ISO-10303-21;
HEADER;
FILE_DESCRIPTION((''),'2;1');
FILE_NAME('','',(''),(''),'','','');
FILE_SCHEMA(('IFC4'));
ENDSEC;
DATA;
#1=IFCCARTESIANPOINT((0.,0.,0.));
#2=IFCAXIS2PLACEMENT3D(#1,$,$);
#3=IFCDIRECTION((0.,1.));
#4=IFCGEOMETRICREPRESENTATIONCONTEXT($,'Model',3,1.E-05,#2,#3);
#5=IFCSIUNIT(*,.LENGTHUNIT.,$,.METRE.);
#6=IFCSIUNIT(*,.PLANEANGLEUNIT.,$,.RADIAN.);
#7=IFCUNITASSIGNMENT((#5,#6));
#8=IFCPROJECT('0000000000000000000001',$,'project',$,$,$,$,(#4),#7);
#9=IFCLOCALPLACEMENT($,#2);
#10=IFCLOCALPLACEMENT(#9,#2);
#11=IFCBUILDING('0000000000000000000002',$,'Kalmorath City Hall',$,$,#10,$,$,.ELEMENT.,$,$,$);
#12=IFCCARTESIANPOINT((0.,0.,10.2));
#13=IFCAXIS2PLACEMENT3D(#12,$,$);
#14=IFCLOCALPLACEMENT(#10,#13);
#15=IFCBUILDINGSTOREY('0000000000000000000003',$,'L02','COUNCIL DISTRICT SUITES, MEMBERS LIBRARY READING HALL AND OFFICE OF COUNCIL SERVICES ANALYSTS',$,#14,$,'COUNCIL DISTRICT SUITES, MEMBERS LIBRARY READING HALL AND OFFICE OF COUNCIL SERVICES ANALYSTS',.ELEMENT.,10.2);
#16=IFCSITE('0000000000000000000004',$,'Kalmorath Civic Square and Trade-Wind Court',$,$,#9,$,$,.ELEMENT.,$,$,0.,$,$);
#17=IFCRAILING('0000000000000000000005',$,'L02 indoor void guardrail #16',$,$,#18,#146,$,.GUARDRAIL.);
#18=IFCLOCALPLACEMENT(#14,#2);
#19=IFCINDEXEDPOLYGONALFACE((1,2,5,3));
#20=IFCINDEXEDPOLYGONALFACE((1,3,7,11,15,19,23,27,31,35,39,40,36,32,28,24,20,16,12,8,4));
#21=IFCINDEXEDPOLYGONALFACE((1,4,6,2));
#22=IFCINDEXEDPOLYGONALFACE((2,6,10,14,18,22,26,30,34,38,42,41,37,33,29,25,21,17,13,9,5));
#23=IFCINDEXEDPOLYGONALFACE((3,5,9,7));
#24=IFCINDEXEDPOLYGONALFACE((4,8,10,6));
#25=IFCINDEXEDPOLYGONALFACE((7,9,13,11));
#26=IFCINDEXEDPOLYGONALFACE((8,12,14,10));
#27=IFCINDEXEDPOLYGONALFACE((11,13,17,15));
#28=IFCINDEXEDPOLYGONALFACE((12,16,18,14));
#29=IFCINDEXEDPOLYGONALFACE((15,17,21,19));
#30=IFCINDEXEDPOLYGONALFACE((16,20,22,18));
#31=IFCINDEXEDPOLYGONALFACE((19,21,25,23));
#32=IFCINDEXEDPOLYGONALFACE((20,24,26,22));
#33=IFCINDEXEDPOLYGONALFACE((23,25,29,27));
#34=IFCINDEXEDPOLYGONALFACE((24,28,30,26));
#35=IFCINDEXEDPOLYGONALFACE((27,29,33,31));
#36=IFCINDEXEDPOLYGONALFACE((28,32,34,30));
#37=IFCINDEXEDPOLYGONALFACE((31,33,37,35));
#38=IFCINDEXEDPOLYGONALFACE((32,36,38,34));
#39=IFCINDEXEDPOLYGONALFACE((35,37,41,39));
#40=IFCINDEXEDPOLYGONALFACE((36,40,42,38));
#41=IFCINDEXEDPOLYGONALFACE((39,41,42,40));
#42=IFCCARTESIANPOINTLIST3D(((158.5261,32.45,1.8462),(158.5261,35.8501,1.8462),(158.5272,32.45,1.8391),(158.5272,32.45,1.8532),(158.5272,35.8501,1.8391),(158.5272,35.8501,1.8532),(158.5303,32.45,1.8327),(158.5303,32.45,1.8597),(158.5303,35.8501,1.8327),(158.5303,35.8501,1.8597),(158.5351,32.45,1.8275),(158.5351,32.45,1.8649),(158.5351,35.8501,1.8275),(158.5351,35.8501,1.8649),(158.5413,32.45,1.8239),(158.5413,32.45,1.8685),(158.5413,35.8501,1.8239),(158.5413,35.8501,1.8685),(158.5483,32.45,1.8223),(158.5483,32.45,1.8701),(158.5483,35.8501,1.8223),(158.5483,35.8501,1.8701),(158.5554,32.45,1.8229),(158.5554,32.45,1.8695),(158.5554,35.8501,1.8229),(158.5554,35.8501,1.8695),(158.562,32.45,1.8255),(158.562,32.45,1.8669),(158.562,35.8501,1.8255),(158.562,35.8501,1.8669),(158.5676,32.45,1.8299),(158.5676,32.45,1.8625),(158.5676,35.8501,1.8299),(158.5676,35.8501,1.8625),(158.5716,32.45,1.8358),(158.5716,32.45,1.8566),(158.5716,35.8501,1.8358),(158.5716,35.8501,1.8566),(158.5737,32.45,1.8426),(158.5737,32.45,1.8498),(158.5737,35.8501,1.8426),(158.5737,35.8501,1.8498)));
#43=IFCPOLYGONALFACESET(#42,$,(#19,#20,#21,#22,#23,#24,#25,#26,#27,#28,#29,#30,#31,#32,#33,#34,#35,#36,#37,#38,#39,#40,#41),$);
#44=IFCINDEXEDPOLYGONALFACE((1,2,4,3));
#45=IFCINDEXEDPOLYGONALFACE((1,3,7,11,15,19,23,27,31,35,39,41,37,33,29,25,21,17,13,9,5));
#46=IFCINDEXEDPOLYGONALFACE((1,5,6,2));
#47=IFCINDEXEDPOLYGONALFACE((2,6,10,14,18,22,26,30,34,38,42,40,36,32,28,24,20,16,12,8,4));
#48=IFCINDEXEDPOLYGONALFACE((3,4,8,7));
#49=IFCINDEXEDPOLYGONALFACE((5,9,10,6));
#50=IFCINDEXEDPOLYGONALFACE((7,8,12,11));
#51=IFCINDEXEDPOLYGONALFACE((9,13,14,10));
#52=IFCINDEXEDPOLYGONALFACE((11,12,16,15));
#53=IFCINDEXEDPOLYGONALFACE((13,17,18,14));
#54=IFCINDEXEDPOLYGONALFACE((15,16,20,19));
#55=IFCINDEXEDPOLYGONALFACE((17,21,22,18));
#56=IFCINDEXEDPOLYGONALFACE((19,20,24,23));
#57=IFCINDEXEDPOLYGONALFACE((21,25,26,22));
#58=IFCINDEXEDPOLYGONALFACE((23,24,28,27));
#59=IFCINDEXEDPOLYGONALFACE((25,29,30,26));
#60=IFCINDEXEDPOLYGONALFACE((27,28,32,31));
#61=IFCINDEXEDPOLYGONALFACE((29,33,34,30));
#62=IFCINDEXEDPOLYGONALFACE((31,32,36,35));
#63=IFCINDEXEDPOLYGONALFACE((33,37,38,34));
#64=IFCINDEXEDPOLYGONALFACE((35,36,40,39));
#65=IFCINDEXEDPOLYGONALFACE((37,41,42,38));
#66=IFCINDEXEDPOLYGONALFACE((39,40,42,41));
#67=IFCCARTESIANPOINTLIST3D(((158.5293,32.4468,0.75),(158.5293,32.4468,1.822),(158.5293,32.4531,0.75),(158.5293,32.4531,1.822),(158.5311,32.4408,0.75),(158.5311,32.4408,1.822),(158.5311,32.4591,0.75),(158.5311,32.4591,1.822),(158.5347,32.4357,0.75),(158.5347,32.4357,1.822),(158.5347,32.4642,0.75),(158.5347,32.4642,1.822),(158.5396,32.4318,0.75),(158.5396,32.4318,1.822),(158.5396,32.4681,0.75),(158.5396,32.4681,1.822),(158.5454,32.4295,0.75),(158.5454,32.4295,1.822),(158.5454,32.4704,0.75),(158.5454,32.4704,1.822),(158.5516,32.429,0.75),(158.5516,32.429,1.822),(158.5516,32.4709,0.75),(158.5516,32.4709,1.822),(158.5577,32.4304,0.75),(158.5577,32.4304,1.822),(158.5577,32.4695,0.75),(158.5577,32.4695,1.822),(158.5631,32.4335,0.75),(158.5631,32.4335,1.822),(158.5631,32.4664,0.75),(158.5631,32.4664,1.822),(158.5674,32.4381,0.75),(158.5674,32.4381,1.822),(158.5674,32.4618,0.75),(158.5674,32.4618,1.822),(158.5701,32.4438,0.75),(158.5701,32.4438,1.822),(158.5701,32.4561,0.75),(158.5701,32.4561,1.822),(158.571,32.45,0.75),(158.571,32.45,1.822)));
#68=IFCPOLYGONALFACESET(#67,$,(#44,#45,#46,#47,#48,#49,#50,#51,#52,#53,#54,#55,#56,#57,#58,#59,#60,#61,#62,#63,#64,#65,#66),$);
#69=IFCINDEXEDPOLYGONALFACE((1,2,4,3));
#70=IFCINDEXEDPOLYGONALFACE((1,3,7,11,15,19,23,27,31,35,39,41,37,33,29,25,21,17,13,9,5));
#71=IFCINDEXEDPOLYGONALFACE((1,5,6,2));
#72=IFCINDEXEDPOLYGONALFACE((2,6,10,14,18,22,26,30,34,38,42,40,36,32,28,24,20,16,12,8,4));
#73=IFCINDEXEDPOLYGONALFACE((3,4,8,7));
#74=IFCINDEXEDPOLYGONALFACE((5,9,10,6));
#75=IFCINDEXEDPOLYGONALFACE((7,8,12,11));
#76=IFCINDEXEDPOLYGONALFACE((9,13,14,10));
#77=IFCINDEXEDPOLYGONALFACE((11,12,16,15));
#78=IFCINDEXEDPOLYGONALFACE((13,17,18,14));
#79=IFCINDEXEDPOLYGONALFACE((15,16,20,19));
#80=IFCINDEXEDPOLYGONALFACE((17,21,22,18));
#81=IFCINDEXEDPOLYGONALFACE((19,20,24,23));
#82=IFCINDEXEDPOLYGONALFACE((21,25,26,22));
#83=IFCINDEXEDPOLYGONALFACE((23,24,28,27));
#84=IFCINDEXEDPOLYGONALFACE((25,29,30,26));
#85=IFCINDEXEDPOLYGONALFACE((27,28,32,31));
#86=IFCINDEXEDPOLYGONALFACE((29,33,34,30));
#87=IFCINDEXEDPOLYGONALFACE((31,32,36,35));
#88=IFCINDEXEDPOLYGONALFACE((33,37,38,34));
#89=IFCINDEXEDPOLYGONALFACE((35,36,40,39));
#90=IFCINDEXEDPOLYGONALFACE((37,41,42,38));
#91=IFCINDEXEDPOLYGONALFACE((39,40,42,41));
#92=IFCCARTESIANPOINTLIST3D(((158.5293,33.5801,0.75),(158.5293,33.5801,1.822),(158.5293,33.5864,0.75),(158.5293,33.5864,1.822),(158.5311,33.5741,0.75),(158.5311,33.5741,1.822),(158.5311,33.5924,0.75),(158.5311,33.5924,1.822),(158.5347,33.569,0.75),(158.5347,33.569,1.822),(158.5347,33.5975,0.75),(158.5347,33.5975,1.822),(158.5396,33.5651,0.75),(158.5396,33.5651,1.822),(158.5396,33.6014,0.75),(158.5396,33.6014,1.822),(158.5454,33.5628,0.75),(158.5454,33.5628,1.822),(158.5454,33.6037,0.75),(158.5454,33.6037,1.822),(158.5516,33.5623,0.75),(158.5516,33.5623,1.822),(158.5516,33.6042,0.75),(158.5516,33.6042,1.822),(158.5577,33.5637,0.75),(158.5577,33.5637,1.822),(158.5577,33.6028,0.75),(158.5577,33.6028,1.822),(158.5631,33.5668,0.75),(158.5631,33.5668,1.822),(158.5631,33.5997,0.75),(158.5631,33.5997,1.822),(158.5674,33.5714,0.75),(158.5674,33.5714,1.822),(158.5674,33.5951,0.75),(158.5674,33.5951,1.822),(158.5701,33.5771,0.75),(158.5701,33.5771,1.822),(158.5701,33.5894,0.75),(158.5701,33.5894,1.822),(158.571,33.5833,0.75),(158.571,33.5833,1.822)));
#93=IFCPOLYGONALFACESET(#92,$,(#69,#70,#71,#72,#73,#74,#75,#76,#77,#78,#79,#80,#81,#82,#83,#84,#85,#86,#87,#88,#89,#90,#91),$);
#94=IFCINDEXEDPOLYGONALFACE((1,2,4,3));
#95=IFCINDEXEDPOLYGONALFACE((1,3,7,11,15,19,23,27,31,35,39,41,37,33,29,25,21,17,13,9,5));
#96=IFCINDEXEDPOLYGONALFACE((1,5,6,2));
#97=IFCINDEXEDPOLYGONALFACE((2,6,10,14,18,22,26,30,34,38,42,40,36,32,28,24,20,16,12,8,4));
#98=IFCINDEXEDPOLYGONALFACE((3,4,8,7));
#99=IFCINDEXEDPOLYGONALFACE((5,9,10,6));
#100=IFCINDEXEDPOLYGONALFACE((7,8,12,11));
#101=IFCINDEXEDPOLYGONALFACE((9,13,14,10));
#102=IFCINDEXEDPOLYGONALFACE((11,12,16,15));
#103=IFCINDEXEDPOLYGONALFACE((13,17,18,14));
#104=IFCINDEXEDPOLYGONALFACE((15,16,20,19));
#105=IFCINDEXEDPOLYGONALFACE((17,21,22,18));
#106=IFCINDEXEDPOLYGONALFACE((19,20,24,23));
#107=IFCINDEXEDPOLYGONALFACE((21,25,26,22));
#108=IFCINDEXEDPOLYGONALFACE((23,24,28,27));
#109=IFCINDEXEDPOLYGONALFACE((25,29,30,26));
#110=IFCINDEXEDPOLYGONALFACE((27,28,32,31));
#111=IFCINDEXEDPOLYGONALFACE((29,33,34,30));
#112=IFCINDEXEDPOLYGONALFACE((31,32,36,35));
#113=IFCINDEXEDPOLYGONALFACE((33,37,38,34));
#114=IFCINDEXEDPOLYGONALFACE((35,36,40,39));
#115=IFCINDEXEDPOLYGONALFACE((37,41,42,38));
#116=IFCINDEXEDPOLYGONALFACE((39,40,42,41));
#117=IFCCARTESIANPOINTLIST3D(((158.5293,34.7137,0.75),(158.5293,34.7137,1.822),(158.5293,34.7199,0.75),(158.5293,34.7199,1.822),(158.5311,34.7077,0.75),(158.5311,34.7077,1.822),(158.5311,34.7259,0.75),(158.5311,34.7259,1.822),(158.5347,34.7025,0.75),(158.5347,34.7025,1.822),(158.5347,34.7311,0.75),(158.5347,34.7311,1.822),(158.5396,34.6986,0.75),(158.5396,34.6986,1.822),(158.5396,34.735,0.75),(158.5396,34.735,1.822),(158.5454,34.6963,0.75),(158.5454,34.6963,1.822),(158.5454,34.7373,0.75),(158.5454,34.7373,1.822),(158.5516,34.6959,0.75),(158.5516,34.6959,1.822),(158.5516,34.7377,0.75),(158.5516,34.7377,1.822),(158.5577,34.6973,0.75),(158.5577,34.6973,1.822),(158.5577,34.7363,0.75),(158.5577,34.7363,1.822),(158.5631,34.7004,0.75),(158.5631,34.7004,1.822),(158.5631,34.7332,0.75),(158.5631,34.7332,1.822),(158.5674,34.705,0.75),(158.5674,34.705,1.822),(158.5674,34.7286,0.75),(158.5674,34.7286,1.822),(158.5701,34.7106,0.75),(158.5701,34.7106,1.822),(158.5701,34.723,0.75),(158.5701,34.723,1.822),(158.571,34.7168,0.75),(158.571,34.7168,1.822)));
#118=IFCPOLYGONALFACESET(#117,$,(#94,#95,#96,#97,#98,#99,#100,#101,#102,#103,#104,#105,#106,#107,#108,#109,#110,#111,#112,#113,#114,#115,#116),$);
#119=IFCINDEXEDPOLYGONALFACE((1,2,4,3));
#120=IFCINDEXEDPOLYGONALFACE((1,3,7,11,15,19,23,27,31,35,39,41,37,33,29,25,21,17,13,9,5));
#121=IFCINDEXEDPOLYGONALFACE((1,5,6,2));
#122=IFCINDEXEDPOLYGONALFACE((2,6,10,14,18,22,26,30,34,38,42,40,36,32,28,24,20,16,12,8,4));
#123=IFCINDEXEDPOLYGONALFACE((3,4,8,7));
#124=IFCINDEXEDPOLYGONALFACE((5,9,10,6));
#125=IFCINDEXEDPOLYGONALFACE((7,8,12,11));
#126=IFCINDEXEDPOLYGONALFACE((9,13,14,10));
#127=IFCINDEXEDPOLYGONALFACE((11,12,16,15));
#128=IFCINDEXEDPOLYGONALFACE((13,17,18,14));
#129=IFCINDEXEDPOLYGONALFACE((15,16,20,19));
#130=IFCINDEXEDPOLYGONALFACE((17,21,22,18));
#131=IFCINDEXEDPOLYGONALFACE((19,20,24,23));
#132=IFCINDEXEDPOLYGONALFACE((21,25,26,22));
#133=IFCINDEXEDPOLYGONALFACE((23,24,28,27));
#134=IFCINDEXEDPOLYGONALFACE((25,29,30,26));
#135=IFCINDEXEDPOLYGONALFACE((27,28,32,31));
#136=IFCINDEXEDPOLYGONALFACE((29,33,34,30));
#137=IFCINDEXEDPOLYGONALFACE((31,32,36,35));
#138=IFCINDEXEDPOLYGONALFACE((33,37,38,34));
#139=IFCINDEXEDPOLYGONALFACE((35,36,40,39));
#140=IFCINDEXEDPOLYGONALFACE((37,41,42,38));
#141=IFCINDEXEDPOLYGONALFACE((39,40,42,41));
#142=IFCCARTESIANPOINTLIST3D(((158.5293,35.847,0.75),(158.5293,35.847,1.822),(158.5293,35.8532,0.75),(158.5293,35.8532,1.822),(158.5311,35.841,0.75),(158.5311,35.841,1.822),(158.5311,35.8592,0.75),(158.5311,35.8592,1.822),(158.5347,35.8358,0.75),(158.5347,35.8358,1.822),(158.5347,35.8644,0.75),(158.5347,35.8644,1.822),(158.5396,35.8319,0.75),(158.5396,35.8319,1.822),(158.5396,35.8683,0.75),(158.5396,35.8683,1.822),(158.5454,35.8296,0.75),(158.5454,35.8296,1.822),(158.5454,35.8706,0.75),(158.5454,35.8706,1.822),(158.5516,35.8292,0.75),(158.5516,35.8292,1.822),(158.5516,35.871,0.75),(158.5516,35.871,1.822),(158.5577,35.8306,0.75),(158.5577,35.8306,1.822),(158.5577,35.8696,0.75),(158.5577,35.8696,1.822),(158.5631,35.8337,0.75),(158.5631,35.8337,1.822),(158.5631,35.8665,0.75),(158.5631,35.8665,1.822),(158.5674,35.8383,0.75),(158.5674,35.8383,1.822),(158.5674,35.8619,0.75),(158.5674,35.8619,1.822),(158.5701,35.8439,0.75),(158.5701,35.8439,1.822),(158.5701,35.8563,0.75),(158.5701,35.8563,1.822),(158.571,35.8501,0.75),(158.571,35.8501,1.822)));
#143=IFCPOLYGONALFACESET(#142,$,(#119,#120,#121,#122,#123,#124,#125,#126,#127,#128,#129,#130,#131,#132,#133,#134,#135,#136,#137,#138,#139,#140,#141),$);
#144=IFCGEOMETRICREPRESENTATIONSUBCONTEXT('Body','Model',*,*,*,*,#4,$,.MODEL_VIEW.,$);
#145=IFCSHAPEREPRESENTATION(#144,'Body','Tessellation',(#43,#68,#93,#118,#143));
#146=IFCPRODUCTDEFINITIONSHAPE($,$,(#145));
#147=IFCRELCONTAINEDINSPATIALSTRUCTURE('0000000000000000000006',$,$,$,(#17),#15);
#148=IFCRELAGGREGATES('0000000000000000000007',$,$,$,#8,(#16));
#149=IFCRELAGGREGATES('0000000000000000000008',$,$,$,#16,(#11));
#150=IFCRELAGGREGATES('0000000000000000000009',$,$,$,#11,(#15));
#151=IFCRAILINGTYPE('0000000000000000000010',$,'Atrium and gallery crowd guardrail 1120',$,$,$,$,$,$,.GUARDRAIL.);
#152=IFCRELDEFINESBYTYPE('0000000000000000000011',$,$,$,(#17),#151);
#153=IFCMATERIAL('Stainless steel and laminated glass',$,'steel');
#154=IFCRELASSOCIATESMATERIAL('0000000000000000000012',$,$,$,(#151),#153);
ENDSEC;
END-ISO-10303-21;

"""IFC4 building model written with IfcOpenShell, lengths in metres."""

from ifc_helpers import new_model, si_unit, direction, frame, origin, origin_2d, place, context, subcontext, project, spatial, circle, extrude, material, type_object, element, save


model = new_model("IFC4")

# Units and contexts
model_context = context("Model", 3, precision=1e-05, world=origin(), true_north=direction((0.0, 1.0)))
body_context = subcontext(model_context, "Body", "Model", "MODEL_VIEW")
ifc_project = project(units=[si_unit("LENGTHUNIT", "METRE"), si_unit("PLANEANGLEUNIT", "RADIAN")], contexts=[model_context])

# Site, building, storey
site_placement = place(None, origin())
site = spatial("IfcSite", under=ifc_project, at=site_placement, Name="Kalmorath Civic Square and Trade-Wind Court", CompositionType="ELEMENT", RefElevation=0.0)
building_placement = place(site_placement, origin())
building = spatial("IfcBuilding", under=site, at=building_placement, Name="Kalmorath City Hall", CompositionType="ELEMENT")
storey_placement = place(building_placement, frame((0.0, 0.0, 10.2)))
storey = spatial("IfcBuildingStorey", under=building, at=storey_placement, Name="L02", Description="COUNCIL DISTRICT SUITES, MEMBERS LIBRARY READING HALL AND OFFICE OF COUNCIL SERVICES ANALYSTS", LongName="COUNCIL DISTRICT SUITES, MEMBERS LIBRARY READING HALL AND OFFICE OF COUNCIL SERVICES ANALYSTS", CompositionType="ELEMENT", Elevation=10.2)

# Railing
ifc_material_1 = material(Name="Stainless steel and laminated glass", Category="steel")
railing_type = type_object("IfcRailingType", Name="Atrium and gallery crowd guardrail 1120", PredefinedType="GUARDRAIL", material=ifc_material_1)
railing_1_placement = place(storey_placement, frame((158.55, 32.45, 0.75)))
element("IfcRailing", 1, at=railing_1_placement, inside=storey, type_object=railing_type, Name="L02 indoor void guardrail #16", PredefinedType="GUARDRAIL", context=body_context, shape_type="SweptSolid", body=[
    extrude(circle(Radius=0.0239, at=origin_2d()), frame((0.0, 0.0, 1.0962), z_axis=(0.0, 1.0, 0.0), x_axis=(-1.0, 0.0, 0.0)), (0.0, 0.0, 1.0), 3.4001),
    extrude(circle(Radius=0.021, at=origin_2d()), origin(), (0.0, 0.0, 1.0), 1.072),
    extrude(circle(Radius=0.021, at=origin_2d()), frame((0.0, 1.1333, 0.0)), (0.0, 0.0, 1.0), 1.072),
    extrude(circle(Radius=0.021, at=origin_2d()), frame((0.0, 2.2668, 0.0)), (0.0, 0.0, 1.0), 1.072),
    extrude(circle(Radius=0.021, at=origin_2d()), frame((0.0, 3.4001, 0.0)), (0.0, 0.0, 1.0), 1.072),
])

save(model, "model.ifc")
